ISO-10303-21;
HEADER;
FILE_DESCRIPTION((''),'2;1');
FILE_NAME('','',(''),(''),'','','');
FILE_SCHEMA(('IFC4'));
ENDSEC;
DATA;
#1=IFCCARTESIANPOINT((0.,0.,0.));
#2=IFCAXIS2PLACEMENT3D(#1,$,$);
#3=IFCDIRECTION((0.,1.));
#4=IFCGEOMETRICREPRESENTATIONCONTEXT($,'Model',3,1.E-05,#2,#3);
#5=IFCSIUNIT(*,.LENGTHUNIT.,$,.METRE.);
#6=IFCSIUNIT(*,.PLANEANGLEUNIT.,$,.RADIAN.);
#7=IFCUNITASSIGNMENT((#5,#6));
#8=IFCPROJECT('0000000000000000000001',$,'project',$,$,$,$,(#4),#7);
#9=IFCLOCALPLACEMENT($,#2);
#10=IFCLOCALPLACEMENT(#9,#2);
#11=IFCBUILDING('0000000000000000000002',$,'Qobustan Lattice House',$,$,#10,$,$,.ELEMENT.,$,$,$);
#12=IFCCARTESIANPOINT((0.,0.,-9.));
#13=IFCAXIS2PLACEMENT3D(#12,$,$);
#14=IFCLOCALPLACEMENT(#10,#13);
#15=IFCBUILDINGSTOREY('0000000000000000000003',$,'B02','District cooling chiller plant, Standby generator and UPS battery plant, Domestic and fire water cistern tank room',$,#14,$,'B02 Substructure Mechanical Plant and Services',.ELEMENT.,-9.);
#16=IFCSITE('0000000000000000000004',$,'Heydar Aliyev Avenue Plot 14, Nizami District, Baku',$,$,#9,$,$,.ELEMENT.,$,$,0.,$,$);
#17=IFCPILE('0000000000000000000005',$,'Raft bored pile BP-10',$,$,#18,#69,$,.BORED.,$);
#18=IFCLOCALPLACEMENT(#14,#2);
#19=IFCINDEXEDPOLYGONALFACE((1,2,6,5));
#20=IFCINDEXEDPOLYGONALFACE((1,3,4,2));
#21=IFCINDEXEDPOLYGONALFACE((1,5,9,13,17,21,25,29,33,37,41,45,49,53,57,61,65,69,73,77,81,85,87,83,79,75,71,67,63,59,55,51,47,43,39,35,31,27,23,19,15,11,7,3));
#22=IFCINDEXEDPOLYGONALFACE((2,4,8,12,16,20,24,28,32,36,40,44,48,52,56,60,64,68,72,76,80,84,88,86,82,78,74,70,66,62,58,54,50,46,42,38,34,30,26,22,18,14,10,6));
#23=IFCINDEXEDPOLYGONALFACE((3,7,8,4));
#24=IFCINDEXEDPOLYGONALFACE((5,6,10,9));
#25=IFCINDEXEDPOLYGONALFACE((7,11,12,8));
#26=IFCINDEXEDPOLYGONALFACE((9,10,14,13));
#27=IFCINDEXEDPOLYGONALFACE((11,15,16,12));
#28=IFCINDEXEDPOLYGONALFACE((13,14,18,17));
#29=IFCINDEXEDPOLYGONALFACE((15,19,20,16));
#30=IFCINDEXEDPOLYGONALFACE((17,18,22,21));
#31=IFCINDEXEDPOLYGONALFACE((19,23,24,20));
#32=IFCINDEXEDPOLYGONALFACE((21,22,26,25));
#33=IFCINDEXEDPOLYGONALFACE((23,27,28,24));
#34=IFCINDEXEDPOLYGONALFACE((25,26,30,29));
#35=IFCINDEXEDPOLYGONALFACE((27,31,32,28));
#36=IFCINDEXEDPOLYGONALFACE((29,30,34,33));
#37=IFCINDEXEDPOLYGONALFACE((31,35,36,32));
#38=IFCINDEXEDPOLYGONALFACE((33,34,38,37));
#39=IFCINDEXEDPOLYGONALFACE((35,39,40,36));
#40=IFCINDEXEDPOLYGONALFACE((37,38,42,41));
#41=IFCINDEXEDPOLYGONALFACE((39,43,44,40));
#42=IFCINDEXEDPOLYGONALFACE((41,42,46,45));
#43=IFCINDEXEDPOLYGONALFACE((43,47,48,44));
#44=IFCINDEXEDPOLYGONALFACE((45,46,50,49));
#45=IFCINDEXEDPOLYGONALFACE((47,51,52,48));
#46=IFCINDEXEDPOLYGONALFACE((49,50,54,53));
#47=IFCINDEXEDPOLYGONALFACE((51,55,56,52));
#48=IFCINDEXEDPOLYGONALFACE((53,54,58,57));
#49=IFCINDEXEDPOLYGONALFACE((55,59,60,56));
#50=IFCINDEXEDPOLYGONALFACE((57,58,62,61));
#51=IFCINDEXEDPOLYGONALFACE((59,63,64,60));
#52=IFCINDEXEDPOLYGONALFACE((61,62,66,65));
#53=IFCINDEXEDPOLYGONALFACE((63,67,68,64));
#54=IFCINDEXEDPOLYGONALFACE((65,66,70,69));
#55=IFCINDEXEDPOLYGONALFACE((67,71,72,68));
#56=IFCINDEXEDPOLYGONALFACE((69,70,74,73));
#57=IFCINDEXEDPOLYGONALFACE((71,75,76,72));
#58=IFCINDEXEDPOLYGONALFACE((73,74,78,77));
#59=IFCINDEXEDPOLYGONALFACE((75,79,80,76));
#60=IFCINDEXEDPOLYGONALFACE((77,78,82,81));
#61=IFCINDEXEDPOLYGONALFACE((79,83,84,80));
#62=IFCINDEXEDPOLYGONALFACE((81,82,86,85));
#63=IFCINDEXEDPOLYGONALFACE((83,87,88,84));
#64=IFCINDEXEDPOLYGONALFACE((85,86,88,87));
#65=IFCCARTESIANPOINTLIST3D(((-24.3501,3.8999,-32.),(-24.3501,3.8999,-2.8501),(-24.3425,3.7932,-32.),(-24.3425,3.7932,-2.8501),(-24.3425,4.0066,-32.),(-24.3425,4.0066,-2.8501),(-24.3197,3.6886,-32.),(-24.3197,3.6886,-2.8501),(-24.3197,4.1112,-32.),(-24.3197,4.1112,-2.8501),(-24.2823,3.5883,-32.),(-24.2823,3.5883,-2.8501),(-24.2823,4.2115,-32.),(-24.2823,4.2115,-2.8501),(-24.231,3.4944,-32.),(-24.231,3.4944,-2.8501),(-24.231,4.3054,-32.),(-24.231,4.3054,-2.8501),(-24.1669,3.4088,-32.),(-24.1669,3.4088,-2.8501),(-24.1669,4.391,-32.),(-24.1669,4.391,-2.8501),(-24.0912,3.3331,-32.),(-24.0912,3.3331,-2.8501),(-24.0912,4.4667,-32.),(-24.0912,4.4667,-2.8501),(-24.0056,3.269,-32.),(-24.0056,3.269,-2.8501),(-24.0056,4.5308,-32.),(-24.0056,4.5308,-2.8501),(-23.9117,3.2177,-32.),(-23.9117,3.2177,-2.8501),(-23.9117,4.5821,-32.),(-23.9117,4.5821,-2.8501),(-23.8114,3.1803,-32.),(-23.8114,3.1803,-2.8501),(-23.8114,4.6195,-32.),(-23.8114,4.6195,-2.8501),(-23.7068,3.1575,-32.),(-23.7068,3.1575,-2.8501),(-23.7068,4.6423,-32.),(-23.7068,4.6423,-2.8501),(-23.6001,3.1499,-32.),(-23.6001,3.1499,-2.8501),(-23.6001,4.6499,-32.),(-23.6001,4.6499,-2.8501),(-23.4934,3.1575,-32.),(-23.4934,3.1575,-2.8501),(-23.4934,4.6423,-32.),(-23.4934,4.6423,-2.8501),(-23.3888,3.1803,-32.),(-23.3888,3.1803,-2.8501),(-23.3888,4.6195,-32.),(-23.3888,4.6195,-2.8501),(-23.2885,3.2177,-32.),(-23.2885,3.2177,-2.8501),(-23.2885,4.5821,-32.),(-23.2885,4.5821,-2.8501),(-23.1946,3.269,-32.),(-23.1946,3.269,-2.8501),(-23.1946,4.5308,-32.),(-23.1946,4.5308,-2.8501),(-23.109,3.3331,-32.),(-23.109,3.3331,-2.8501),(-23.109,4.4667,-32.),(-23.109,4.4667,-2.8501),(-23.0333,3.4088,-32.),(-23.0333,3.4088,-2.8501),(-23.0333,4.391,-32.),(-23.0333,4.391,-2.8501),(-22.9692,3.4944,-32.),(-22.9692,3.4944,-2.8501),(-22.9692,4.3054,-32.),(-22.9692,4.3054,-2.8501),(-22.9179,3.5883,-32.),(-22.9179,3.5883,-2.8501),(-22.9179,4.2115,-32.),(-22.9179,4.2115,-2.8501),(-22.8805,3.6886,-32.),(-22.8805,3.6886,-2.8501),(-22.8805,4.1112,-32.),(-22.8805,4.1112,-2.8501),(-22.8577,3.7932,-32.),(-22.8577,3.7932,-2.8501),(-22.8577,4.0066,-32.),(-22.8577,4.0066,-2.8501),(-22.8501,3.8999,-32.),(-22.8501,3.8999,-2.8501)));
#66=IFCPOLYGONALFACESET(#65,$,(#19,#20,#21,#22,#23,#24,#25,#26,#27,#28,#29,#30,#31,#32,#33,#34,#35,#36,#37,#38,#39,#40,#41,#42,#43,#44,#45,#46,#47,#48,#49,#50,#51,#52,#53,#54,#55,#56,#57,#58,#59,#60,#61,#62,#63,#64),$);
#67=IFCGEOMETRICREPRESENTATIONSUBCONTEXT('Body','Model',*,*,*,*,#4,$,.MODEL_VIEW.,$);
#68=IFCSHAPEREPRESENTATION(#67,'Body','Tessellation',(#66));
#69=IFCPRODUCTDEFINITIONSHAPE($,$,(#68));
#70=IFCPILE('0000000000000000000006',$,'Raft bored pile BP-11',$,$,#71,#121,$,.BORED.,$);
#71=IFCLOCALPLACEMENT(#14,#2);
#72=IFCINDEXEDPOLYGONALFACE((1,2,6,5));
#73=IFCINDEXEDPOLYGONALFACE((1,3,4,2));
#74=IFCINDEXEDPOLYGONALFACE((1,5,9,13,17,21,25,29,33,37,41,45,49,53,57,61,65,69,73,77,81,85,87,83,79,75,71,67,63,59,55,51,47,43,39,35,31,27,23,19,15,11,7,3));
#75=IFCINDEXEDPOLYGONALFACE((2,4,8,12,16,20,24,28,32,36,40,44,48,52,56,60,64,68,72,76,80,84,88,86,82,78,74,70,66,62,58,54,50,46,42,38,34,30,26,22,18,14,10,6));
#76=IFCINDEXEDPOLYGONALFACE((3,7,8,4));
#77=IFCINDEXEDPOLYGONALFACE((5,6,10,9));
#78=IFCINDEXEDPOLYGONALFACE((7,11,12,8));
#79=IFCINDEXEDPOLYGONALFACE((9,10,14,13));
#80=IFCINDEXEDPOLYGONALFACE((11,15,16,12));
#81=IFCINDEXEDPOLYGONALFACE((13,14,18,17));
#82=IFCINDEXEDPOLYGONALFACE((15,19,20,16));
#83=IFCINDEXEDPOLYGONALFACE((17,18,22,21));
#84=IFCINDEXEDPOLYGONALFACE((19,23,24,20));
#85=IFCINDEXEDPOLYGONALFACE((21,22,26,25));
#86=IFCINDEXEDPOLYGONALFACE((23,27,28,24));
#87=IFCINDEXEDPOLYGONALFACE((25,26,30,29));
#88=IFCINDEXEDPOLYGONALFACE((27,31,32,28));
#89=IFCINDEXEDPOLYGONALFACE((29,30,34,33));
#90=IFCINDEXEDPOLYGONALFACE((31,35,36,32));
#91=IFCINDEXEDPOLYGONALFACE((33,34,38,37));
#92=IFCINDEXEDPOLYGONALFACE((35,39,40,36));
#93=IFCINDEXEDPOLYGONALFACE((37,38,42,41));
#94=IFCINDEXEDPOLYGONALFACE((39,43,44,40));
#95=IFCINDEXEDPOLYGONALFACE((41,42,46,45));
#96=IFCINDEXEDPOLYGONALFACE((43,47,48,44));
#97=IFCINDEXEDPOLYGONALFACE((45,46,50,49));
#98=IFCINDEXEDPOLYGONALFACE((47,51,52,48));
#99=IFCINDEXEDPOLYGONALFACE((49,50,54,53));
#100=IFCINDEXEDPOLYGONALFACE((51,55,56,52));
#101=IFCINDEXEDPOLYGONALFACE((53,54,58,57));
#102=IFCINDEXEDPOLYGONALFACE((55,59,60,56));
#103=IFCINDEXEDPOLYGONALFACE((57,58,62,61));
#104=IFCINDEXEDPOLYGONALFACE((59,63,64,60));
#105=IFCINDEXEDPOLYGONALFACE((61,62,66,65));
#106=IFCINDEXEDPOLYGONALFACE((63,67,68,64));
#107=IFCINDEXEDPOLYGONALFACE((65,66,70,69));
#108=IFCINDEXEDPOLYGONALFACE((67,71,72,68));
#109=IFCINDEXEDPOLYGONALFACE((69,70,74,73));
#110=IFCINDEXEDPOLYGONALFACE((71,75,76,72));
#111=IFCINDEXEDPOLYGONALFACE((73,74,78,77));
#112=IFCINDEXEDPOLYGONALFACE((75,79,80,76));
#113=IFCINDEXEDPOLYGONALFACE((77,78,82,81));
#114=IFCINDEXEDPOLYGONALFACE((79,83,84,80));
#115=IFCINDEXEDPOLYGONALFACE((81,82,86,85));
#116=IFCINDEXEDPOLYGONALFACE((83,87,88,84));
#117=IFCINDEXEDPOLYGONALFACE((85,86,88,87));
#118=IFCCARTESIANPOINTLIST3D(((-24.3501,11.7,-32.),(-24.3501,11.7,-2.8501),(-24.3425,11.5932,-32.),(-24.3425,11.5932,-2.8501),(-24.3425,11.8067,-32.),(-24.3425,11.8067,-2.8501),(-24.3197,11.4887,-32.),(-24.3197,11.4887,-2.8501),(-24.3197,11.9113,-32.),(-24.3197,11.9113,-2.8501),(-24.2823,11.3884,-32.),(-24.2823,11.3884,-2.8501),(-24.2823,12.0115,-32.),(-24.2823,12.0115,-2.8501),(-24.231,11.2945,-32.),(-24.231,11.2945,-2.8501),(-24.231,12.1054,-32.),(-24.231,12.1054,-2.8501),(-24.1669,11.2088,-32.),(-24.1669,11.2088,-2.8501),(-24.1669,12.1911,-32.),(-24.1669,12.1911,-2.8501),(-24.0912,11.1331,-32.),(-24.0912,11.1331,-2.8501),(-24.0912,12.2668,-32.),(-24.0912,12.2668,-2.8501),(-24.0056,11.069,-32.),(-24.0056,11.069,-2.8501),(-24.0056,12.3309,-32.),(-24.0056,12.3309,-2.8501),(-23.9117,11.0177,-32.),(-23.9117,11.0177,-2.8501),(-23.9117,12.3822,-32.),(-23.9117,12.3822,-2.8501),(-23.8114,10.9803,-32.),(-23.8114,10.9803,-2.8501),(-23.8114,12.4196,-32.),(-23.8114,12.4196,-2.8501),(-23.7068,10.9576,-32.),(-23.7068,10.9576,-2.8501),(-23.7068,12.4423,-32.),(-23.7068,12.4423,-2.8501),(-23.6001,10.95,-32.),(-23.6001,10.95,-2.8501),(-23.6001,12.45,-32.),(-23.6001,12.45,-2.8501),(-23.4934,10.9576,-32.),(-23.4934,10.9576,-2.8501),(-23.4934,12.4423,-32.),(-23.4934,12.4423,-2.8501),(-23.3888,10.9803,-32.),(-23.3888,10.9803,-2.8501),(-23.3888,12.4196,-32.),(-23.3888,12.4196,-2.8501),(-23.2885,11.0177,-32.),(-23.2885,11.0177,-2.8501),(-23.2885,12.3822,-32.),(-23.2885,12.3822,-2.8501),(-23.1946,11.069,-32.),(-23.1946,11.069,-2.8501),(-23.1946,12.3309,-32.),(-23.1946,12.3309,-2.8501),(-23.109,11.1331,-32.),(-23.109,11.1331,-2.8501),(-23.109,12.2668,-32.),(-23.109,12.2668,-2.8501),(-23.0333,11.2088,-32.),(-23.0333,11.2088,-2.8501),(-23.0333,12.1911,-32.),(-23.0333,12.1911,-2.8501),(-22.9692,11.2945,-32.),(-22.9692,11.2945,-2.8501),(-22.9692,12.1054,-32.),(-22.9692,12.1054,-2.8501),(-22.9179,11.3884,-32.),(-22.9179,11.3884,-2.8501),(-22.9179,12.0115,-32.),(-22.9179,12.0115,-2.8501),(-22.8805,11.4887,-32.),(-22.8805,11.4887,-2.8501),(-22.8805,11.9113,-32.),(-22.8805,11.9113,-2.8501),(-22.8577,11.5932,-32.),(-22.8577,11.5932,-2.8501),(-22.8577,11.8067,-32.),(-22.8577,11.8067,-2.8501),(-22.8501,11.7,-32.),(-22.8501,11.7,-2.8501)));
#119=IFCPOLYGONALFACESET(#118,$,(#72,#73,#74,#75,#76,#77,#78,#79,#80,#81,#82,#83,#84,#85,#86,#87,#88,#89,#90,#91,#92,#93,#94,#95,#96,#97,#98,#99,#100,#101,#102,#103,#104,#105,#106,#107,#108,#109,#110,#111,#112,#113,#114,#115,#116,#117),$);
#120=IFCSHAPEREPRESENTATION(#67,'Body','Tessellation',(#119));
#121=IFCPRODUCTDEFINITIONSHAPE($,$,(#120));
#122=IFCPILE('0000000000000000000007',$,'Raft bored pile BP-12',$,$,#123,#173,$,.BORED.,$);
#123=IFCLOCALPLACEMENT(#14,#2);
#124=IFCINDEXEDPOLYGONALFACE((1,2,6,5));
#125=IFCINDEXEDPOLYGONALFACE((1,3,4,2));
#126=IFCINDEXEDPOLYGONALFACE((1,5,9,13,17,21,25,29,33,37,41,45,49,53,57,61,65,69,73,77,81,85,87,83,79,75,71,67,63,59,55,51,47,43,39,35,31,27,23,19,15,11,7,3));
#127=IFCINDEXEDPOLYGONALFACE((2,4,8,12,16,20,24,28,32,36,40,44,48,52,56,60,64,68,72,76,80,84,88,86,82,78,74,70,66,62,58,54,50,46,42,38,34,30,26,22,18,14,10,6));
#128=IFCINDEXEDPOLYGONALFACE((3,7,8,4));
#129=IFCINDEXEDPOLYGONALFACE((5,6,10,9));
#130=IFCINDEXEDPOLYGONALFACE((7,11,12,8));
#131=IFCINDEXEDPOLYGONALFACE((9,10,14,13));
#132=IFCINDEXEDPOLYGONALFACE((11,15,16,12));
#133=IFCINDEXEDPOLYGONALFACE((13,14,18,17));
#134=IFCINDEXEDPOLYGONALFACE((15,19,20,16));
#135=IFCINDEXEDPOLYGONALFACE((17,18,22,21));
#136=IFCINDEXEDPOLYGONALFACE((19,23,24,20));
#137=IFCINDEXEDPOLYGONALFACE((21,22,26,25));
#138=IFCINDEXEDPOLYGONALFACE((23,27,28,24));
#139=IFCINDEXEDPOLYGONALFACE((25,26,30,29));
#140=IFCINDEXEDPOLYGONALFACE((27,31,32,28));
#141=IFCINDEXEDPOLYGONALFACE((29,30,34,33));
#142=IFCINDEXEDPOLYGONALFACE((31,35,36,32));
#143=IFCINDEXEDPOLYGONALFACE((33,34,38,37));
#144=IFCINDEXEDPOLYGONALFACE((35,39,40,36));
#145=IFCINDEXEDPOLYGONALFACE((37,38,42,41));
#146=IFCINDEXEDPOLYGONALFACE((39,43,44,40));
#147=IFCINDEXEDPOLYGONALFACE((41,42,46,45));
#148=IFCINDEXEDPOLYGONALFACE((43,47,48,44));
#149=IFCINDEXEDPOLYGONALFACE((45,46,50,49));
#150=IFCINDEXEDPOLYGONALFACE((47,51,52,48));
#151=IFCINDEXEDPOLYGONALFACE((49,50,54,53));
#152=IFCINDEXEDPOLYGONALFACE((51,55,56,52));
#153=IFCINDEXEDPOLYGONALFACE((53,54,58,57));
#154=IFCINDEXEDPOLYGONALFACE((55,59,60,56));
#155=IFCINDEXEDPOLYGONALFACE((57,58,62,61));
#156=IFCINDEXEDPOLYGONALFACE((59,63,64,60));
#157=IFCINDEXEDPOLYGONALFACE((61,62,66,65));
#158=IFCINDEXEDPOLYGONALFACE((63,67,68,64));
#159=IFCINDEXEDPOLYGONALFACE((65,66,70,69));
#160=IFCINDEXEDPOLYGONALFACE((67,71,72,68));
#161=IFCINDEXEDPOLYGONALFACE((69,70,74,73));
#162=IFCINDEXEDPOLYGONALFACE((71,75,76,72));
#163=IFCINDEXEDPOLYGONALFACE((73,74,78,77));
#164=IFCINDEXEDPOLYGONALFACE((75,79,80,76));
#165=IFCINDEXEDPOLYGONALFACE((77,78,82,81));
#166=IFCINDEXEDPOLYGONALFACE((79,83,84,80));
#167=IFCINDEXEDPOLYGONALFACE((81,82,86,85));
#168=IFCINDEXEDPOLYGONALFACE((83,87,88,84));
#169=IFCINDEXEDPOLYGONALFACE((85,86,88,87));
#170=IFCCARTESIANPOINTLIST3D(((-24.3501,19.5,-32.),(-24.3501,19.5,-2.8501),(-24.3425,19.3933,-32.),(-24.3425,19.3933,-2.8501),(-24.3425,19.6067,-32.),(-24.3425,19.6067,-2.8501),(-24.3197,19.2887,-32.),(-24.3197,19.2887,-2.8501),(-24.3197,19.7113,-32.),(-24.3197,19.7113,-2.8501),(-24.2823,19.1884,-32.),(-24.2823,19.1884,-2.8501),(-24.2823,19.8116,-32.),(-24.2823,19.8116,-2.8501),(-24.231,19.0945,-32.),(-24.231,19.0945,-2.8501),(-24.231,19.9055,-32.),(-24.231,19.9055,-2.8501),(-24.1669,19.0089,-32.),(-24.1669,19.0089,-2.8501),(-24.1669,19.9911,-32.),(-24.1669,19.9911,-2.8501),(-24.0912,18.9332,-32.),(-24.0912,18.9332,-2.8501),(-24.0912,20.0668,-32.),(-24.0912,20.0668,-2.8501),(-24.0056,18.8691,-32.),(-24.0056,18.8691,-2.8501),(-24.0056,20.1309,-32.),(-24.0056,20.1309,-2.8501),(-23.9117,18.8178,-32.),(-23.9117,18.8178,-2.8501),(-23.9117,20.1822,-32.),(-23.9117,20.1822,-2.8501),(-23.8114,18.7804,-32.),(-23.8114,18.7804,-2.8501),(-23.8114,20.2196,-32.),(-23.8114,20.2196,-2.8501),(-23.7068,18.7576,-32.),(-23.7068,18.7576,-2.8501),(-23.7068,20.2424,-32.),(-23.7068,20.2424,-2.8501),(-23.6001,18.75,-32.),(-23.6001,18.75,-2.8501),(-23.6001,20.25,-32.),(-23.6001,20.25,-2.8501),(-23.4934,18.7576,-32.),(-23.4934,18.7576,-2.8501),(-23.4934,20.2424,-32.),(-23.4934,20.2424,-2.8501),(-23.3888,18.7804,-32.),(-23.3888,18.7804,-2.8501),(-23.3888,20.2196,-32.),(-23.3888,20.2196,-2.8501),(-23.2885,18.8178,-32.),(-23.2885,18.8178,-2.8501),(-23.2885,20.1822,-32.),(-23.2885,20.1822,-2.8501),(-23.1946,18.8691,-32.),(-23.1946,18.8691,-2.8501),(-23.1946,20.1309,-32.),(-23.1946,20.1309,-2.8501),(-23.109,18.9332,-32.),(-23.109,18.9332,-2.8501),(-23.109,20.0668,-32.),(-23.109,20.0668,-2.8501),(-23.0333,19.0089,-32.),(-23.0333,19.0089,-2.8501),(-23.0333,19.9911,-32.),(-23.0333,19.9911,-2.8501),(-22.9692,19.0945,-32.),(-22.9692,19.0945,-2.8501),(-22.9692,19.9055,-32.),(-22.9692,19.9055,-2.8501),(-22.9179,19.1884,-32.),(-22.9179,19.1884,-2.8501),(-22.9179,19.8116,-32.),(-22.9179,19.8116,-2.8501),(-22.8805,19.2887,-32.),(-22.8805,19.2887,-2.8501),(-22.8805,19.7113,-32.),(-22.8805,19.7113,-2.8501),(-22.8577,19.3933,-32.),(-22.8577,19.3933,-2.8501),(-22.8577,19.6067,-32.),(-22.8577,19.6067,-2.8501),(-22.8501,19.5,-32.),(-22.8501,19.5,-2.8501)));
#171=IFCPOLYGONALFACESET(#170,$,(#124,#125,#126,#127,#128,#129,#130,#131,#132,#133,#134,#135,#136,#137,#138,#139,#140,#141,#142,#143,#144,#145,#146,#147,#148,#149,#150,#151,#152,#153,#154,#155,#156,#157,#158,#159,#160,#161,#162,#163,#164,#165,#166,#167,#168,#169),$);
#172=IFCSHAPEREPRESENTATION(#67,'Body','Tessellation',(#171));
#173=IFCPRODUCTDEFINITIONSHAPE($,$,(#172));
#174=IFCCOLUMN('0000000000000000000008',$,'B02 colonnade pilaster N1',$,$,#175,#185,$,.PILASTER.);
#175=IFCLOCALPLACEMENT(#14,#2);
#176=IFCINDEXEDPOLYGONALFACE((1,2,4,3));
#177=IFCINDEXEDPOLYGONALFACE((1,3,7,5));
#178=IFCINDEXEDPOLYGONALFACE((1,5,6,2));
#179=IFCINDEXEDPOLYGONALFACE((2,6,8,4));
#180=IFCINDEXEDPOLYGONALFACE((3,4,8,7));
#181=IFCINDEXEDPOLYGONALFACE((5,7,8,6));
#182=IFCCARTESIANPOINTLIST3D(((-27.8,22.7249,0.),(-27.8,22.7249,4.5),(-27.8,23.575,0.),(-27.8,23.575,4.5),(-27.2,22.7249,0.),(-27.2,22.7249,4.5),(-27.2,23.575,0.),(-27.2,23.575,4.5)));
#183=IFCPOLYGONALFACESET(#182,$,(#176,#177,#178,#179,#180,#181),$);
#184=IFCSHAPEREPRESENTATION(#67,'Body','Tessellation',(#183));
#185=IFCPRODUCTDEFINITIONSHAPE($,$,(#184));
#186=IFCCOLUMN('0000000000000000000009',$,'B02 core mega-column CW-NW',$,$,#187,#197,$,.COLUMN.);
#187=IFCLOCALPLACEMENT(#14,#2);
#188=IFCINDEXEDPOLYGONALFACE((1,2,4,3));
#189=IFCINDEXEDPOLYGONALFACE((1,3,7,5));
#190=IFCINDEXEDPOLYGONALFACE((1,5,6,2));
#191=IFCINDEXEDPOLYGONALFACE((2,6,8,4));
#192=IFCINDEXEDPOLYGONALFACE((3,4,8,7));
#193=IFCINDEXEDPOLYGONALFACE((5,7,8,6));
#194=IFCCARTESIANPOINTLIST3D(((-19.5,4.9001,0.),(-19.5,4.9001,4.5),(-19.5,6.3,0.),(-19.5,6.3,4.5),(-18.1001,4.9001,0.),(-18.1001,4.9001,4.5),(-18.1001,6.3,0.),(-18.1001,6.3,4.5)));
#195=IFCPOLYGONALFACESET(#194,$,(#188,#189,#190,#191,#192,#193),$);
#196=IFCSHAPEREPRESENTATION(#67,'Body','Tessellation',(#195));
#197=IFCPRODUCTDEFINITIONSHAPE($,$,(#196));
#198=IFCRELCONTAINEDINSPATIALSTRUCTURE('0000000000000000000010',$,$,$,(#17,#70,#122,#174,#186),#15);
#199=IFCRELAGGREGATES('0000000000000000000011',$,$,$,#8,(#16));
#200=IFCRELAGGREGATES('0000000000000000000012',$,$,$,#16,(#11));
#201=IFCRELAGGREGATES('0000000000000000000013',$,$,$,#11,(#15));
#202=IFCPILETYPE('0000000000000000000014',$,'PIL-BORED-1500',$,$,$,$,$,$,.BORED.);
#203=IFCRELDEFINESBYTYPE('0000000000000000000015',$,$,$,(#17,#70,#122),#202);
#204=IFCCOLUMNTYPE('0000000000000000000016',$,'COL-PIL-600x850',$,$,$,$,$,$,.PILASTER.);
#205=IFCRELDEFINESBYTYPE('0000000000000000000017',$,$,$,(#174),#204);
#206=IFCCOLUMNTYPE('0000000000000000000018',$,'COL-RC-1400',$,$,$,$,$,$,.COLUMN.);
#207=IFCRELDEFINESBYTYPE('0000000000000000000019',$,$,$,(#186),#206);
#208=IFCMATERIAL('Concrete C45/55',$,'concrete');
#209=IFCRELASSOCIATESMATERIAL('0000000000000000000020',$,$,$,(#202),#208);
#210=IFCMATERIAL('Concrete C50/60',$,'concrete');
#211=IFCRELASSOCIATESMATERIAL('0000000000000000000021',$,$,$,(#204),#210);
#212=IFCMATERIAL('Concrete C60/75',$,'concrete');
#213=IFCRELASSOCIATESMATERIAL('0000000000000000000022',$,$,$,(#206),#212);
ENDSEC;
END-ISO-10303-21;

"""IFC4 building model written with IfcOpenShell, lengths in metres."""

from ifc_helpers import new_model, si_unit, direction, frame, origin, origin_2d, place, context, subcontext, project, spatial, rectangle, circle, extrude, material, material_profile, profile_set, type_object, element, save


model = new_model("IFC4")

# Units and contexts
model_context = context("Model", 3, precision=1e-05, world=origin(), true_north=direction((0.0, 1.0)))
body_context = subcontext(model_context, "Body", "Model", "MODEL_VIEW")
ifc_project = project(units=[si_unit("LENGTHUNIT", "METRE"), si_unit("PLANEANGLEUNIT", "RADIAN")], contexts=[model_context])

# Site, building, storey
site_placement = place(None, origin())
site = spatial("IfcSite", under=ifc_project, at=site_placement, Name="Heydar Aliyev Avenue Plot 14, Nizami District, Baku", CompositionType="ELEMENT", RefElevation=0.0)
building_placement = place(site_placement, origin())
building = spatial("IfcBuilding", under=site, at=building_placement, Name="Qobustan Lattice House", CompositionType="ELEMENT")
storey_placement = place(building_placement, frame((0.0, 0.0, -9.0)))
storey = spatial("IfcBuildingStorey", under=building, at=storey_placement, Name="B02", Description="District cooling chiller plant, Standby generator and UPS battery plant, Domestic and fire water cistern tank room", LongName="B02 Substructure Mechanical Plant and Services", CompositionType="ELEMENT", Elevation=-9.0)

# Piles
ifc_material_1 = material(Name="Concrete C45/55", Category="concrete")
ifc_material_profile_1 = material_profile(ifc_material_1, circle(Radius=0.75, at=origin_2d()), Name="PILE-D1500")
ifc_profile_set_1 = profile_set([ifc_material_profile_1], Name="Concrete C45/55")
pile_type = type_object("IfcPileType", Name="PIL-BORED-1500", PredefinedType="BORED", material=ifc_profile_set_1)
for number, where, z_axis, x_axis, name in (
    (1, (-23.6001, 3.8999, -2.8501), (0.0, 0.0, -1.0), (1.0, 0.0, 0.0), "Raft bored pile BP-10"),
    (2, (-23.6001, 11.7, -2.8501), (0.0, 0.0, -1.0), (1.0, 0.0, 0.0), "Raft bored pile BP-11"),
    (3, (-23.6001, 19.5, -2.8501), (0.0, 0.0, -1.0), (1.0, 0.0, 0.0), "Raft bored pile BP-12"),
):
    element("IfcPile", number, at=place(storey_placement, frame(where, z_axis=z_axis, x_axis=x_axis)), inside=storey, type_object=pile_type, Name=name, PredefinedType="BORED", context=body_context, shape_type="SweptSolid", body=[
        extrude(circle(Radius=0.75, at=origin_2d()), origin(), (0.0, 0.0, 1.0), 29.1499),
    ])

# Columns
ifc_material_2 = material(Name="Concrete C50/60", Category="concrete")
ifc_material_profile_2 = material_profile(ifc_material_2, rectangle(XDim=0.6001, YDim=0.8501, at=origin_2d()), Name="RC600x850")
ifc_profile_set_2 = profile_set([ifc_material_profile_2], Name="Concrete C50/60")
column_type_1 = type_object("IfcColumnType", Name="COL-PIL-600x850", PredefinedType="PILASTER", material=ifc_profile_set_2)
column_1_placement = place(storey_placement, frame((-27.5, 23.1499, 0.0), z_axis=(0.0, 0.0, 1.0), x_axis=(1.0, 0.0, 0.0)))
element("IfcColumn", 4, at=column_1_placement, inside=storey, type_object=column_type_1, Name="B02 colonnade pilaster N1", PredefinedType="PILASTER", context=body_context, shape_type="SweptSolid", body=[
    extrude(rectangle(XDim=0.6001, YDim=0.8501, at=origin_2d()), origin(), (0.0, 0.0, 1.0), 4.5),
])
ifc_material_3 = material(Name="Concrete C60/75", Category="concrete")
ifc_material_profile_3 = material_profile(ifc_material_3, rectangle(XDim=1.3999, YDim=1.3999, at=origin_2d()), Name="RC1400x1400")
ifc_profile_set_3 = profile_set([ifc_material_profile_3], Name="Concrete C60/75")
column_type_2 = type_object("IfcColumnType", Name="COL-RC-1400", PredefinedType="COLUMN", material=ifc_profile_set_3)
column_2_placement = place(storey_placement, frame((-18.8, 5.6001, 0.0), z_axis=(0.0, 0.0, 1.0), x_axis=(1.0, 0.0, 0.0)))
element("IfcColumn", 5, at=column_2_placement, inside=storey, type_object=column_type_2, Name="B02 core mega-column CW-NW", PredefinedType="COLUMN", context=body_context, shape_type="SweptSolid", body=[
    extrude(rectangle(XDim=1.3999, YDim=1.3999, at=origin_2d()), origin(), (0.0, 0.0, 1.0), 4.5),
])

save(model, "model.ifc")
